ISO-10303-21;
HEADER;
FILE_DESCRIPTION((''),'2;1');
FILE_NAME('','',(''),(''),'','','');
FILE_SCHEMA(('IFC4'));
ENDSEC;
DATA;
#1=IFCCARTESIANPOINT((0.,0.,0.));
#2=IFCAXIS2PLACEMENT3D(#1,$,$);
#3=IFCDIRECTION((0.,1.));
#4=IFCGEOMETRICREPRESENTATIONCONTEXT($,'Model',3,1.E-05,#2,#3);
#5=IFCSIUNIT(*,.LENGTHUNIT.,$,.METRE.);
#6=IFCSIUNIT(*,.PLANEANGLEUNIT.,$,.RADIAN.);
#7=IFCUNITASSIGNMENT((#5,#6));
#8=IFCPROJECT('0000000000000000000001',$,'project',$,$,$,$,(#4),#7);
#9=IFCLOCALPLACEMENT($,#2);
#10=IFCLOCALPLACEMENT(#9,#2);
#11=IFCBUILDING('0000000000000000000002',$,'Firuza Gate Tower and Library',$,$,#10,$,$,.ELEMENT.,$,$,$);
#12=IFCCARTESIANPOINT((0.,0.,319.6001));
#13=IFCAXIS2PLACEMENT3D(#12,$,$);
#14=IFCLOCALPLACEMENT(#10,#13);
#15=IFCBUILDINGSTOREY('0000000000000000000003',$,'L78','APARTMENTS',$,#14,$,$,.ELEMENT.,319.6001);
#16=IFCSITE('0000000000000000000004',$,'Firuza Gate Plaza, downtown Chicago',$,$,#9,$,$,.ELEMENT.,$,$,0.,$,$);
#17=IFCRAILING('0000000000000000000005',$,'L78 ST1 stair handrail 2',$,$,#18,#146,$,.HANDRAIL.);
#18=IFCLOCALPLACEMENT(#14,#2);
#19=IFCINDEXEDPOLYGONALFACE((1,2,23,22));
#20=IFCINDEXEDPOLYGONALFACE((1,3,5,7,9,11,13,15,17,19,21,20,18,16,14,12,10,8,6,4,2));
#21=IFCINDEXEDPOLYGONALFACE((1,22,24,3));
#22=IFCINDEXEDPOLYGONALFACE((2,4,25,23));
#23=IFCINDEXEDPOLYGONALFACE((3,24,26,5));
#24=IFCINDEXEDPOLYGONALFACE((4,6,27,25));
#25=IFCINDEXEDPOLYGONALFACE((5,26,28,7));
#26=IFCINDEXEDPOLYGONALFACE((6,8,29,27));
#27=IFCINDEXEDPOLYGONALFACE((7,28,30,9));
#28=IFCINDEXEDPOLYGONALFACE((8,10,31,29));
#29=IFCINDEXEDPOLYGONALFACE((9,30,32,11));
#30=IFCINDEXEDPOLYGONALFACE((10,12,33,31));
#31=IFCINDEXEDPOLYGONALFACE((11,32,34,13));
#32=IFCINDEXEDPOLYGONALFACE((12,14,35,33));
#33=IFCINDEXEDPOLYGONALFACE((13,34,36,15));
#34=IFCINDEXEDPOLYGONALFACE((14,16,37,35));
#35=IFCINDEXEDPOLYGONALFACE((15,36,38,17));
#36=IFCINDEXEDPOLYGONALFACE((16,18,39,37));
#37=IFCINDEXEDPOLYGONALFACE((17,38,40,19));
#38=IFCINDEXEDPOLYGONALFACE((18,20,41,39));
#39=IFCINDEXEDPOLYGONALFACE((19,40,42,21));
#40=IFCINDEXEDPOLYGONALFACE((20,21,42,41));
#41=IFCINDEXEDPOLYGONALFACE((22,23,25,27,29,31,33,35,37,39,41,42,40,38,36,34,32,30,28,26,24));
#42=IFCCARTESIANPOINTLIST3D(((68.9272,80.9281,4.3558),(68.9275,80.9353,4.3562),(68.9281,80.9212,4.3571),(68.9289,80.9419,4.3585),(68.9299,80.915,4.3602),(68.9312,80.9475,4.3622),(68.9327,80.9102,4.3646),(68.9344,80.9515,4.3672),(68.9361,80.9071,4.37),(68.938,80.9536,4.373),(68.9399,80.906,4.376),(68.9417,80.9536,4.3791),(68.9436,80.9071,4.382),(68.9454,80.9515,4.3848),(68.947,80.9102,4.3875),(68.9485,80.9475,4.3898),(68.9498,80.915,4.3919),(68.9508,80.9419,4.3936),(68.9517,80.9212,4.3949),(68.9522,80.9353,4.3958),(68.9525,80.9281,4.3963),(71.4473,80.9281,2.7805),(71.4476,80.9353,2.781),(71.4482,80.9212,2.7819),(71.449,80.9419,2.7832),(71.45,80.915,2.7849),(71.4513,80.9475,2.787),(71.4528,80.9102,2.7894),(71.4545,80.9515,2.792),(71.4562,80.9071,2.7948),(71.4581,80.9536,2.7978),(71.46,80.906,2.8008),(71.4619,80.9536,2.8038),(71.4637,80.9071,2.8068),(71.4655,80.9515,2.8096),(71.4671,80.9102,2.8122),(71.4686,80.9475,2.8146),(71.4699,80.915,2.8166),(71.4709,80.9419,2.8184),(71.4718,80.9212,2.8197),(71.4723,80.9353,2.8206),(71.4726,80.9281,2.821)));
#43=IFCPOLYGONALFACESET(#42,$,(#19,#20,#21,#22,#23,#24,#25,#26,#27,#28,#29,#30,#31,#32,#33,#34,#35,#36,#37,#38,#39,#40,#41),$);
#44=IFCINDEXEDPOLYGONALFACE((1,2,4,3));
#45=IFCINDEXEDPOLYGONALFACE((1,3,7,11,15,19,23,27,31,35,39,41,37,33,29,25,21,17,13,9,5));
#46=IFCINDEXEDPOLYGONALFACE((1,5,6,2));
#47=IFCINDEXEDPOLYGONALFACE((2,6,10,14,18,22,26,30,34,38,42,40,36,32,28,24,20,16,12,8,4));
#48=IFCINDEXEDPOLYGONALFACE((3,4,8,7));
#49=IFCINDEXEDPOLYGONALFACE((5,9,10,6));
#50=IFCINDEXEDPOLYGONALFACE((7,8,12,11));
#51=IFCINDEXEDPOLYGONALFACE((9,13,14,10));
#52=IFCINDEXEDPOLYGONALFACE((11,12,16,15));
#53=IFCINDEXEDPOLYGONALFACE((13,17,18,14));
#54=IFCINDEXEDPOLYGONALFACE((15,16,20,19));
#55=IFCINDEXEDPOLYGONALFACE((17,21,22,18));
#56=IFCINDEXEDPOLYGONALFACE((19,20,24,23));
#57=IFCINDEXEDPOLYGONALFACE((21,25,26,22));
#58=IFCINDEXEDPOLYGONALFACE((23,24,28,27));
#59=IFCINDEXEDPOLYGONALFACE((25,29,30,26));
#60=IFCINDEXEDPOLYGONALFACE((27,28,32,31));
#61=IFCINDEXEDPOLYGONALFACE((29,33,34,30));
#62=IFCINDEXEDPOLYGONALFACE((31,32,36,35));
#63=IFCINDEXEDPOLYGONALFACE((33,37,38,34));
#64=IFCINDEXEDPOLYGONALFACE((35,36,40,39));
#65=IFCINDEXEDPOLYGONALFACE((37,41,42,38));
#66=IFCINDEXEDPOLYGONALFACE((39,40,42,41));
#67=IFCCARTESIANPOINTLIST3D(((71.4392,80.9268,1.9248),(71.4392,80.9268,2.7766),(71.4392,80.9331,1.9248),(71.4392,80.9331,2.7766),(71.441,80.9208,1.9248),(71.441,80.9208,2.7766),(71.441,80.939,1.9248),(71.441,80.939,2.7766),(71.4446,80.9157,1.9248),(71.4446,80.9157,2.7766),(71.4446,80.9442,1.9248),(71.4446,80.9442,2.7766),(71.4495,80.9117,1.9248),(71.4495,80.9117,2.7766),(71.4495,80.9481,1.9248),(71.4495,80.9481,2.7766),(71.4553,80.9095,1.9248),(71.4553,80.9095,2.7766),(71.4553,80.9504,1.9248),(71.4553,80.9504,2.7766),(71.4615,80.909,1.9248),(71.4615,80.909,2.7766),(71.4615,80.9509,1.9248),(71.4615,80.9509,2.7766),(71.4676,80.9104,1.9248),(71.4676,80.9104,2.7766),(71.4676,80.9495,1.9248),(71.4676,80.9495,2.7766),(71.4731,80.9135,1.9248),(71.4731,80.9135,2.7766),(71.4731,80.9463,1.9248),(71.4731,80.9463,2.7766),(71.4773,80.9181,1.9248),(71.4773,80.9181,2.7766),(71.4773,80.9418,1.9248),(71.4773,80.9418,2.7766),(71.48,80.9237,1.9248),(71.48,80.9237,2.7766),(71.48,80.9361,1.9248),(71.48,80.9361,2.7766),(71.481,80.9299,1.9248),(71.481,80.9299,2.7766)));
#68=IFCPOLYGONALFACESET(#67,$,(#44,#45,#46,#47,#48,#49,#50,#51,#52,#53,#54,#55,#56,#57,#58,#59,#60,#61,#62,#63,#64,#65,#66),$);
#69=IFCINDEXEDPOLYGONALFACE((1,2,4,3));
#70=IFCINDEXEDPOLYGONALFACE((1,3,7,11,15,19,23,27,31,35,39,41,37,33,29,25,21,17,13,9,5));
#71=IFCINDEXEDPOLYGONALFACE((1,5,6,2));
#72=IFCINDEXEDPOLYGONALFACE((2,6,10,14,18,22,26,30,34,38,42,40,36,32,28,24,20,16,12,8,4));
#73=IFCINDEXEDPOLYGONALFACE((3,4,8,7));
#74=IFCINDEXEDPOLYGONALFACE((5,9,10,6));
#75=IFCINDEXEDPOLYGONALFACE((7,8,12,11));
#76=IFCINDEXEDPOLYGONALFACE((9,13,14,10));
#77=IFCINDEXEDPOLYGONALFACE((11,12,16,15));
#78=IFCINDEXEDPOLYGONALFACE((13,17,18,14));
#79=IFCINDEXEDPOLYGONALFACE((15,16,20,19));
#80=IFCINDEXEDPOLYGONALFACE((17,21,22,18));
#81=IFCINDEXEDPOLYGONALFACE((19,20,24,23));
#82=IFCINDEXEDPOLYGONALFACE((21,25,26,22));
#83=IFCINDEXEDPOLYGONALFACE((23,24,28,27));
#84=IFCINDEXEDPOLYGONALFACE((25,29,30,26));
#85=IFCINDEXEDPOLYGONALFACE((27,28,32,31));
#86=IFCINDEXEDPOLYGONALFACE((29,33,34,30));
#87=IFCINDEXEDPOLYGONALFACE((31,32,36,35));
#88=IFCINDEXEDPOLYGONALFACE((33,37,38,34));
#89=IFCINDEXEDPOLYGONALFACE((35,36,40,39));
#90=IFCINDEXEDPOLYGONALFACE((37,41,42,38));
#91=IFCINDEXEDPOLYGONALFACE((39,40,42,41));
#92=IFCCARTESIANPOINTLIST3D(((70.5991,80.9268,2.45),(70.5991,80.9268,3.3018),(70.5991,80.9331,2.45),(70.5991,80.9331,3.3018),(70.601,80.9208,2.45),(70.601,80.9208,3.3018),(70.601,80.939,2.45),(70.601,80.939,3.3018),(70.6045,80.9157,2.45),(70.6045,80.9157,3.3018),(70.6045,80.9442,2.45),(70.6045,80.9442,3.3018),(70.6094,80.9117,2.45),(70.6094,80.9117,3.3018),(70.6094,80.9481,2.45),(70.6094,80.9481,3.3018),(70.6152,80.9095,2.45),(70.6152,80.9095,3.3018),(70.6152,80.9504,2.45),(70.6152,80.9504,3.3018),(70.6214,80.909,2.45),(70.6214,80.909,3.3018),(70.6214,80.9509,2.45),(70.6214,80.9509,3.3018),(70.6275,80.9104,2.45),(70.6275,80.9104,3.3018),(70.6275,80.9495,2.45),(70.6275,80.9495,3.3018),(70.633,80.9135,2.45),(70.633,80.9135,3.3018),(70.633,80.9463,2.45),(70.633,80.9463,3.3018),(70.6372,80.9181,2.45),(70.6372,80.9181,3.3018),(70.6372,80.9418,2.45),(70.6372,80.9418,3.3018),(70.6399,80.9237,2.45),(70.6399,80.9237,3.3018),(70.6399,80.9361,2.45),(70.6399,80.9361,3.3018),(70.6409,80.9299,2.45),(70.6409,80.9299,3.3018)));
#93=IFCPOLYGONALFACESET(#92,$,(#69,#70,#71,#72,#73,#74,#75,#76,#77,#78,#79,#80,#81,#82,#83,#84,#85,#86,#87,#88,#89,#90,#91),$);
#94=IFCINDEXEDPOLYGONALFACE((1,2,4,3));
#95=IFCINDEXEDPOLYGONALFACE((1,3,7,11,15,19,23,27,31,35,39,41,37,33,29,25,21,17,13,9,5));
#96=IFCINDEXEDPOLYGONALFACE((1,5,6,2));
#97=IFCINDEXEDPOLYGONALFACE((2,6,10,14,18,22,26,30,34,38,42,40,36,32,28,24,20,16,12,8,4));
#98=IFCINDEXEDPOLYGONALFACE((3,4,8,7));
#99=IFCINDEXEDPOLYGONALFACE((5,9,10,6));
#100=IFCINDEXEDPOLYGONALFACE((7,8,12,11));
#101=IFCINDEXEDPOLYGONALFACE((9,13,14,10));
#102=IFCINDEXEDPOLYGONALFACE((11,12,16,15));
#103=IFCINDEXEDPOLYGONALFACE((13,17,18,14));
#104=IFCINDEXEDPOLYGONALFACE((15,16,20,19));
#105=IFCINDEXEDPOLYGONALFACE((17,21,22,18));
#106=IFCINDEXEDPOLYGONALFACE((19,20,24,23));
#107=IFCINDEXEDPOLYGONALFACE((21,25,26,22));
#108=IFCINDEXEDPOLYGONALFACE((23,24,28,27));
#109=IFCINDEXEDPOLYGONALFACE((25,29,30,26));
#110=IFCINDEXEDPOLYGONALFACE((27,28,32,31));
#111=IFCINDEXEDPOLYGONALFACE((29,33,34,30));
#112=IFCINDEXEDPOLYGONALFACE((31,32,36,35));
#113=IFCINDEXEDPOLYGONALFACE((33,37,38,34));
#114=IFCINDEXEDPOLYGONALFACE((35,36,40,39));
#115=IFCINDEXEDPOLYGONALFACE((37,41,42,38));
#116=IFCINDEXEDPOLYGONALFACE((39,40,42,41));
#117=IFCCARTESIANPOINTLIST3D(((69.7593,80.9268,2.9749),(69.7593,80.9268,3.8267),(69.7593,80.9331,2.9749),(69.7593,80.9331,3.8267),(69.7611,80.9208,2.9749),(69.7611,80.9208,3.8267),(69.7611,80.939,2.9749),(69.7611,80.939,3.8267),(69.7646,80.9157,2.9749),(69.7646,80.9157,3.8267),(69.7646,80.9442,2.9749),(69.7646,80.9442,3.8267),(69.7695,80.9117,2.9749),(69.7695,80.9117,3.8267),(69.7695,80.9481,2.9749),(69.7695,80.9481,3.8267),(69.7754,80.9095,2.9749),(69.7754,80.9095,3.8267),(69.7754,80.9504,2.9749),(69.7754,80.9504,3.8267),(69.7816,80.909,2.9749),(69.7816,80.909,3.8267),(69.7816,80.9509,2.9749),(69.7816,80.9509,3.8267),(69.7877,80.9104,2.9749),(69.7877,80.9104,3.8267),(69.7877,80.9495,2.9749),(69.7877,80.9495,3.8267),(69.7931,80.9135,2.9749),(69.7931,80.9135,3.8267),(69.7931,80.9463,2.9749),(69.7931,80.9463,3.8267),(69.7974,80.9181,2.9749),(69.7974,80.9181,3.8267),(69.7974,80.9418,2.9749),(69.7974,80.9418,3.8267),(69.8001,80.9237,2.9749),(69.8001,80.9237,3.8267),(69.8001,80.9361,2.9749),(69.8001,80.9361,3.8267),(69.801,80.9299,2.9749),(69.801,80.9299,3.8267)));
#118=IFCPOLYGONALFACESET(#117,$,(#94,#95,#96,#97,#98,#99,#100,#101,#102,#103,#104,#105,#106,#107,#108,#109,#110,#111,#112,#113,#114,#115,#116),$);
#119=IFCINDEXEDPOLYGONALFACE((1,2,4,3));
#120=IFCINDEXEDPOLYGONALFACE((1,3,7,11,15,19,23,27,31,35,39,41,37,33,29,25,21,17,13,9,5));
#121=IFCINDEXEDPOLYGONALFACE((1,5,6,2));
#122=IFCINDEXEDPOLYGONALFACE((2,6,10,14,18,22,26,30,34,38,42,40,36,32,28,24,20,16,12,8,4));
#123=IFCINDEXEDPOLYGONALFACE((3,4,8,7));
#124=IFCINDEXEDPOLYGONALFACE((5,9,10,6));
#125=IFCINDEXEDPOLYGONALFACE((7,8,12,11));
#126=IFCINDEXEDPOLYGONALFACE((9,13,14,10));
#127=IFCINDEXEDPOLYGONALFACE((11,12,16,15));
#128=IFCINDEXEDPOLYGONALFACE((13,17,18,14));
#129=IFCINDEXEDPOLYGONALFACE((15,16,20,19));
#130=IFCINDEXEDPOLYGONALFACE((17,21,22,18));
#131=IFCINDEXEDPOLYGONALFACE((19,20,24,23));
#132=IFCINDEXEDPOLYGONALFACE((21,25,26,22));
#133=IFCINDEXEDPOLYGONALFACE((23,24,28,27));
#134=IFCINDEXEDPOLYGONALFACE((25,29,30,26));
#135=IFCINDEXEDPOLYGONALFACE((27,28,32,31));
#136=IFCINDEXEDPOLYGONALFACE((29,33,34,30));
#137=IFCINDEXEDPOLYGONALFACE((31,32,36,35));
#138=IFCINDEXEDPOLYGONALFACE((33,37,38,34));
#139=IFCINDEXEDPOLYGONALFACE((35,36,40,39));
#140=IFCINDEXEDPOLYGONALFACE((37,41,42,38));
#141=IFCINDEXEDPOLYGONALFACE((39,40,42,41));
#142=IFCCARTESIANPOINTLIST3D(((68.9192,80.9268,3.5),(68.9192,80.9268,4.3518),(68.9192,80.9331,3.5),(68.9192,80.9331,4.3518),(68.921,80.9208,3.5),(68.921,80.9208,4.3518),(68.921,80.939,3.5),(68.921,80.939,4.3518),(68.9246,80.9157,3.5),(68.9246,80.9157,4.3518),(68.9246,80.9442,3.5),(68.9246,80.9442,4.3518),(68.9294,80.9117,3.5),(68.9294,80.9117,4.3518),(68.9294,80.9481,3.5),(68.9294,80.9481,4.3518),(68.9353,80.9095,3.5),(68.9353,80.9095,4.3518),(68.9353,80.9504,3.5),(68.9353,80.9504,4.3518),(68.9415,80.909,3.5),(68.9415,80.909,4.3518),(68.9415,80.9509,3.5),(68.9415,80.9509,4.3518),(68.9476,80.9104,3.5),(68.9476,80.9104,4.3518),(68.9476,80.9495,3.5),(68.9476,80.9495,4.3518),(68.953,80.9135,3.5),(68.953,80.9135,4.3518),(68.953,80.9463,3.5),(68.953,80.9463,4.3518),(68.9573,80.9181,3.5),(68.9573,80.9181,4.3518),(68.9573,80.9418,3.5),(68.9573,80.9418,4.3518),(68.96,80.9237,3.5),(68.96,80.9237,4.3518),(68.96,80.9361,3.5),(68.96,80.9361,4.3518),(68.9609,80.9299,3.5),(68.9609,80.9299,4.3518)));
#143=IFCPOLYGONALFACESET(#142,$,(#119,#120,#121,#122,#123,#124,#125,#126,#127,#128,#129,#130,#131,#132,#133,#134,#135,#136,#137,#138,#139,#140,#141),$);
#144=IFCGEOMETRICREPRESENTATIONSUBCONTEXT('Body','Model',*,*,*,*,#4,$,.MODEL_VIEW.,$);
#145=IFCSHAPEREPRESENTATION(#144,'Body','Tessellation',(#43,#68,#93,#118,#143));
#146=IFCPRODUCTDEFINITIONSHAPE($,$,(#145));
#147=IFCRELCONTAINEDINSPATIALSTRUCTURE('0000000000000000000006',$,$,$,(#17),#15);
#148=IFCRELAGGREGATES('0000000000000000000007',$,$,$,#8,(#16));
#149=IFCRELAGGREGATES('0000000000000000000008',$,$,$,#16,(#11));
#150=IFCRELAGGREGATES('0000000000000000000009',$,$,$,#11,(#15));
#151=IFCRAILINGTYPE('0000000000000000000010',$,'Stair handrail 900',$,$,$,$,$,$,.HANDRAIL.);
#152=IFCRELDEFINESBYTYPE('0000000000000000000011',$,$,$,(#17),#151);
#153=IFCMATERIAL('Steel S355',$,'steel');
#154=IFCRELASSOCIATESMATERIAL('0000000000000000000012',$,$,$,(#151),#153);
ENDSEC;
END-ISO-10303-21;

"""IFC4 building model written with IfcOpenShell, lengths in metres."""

from ifc_helpers import new_model, si_unit, direction, frame, origin, origin_2d, place, context, subcontext, project, spatial, circle, extrude, material, type_object, element, save


model = new_model("IFC4")

# Units and contexts
model_context = context("Model", 3, precision=1e-05, world=origin(), true_north=direction((0.0, 1.0)))
body_context = subcontext(model_context, "Body", "Model", "MODEL_VIEW")
ifc_project = project(units=[si_unit("LENGTHUNIT", "METRE"), si_unit("PLANEANGLEUNIT", "RADIAN")], contexts=[model_context])

# Site, building, storey
site_placement = place(None, origin())
site = spatial("IfcSite", under=ifc_project, at=site_placement, Name="Firuza Gate Plaza, downtown Chicago", CompositionType="ELEMENT", RefElevation=0.0)
building_placement = place(site_placement, origin())
building = spatial("IfcBuilding", under=site, at=building_placement, Name="Firuza Gate Tower and Library", CompositionType="ELEMENT")
storey_placement = place(building_placement, frame((0.0, 0.0, 319.6001)))
storey = spatial("IfcBuildingStorey", under=building, at=storey_placement, Name="L78", Description="APARTMENTS", CompositionType="ELEMENT", Elevation=319.6001)

# Railing
ifc_material_1 = material(Name="Steel S355", Category="steel")
railing_type = type_object("IfcRailingType", Name="Stair handrail 900", PredefinedType="HANDRAIL", material=ifc_material_1)
railing_placement = place(storey_placement, frame((71.46, 80.9299, 1.9248)))
element("IfcRailing", 1, at=railing_placement, inside=storey, type_object=railing_type, Name="L78 ST1 stair handrail 2", PredefinedType="HANDRAIL", context=body_context, shape_type="SweptSolid", body=[
    extrude(circle(Radius=0.0239, at=origin_2d()), frame((0.0, 0.0, 0.876), z_axis=(-0.847971, 0.0, 0.530043), x_axis=(0.0, -1.0, 0.0)), (0.0, 0.0, 1.0), 2.9719),
    extrude(circle(Radius=0.021, at=origin_2d()), origin(), (0.0, 0.0, 1.0), 0.8518),
    extrude(circle(Radius=0.021, at=origin_2d()), frame((-0.8401, 0.0, 0.5251)), (0.0, 0.0, 1.0), 0.8518),
    extrude(circle(Radius=0.021, at=origin_2d()), frame((-1.6799, 0.0, 1.05)), (0.0, 0.0, 1.0), 0.8518),
    extrude(circle(Radius=0.021, at=origin_2d()), frame((-2.52, 0.0, 1.5752)), (0.0, 0.0, 1.0), 0.8518),
])

save(model, "model.ifc")
